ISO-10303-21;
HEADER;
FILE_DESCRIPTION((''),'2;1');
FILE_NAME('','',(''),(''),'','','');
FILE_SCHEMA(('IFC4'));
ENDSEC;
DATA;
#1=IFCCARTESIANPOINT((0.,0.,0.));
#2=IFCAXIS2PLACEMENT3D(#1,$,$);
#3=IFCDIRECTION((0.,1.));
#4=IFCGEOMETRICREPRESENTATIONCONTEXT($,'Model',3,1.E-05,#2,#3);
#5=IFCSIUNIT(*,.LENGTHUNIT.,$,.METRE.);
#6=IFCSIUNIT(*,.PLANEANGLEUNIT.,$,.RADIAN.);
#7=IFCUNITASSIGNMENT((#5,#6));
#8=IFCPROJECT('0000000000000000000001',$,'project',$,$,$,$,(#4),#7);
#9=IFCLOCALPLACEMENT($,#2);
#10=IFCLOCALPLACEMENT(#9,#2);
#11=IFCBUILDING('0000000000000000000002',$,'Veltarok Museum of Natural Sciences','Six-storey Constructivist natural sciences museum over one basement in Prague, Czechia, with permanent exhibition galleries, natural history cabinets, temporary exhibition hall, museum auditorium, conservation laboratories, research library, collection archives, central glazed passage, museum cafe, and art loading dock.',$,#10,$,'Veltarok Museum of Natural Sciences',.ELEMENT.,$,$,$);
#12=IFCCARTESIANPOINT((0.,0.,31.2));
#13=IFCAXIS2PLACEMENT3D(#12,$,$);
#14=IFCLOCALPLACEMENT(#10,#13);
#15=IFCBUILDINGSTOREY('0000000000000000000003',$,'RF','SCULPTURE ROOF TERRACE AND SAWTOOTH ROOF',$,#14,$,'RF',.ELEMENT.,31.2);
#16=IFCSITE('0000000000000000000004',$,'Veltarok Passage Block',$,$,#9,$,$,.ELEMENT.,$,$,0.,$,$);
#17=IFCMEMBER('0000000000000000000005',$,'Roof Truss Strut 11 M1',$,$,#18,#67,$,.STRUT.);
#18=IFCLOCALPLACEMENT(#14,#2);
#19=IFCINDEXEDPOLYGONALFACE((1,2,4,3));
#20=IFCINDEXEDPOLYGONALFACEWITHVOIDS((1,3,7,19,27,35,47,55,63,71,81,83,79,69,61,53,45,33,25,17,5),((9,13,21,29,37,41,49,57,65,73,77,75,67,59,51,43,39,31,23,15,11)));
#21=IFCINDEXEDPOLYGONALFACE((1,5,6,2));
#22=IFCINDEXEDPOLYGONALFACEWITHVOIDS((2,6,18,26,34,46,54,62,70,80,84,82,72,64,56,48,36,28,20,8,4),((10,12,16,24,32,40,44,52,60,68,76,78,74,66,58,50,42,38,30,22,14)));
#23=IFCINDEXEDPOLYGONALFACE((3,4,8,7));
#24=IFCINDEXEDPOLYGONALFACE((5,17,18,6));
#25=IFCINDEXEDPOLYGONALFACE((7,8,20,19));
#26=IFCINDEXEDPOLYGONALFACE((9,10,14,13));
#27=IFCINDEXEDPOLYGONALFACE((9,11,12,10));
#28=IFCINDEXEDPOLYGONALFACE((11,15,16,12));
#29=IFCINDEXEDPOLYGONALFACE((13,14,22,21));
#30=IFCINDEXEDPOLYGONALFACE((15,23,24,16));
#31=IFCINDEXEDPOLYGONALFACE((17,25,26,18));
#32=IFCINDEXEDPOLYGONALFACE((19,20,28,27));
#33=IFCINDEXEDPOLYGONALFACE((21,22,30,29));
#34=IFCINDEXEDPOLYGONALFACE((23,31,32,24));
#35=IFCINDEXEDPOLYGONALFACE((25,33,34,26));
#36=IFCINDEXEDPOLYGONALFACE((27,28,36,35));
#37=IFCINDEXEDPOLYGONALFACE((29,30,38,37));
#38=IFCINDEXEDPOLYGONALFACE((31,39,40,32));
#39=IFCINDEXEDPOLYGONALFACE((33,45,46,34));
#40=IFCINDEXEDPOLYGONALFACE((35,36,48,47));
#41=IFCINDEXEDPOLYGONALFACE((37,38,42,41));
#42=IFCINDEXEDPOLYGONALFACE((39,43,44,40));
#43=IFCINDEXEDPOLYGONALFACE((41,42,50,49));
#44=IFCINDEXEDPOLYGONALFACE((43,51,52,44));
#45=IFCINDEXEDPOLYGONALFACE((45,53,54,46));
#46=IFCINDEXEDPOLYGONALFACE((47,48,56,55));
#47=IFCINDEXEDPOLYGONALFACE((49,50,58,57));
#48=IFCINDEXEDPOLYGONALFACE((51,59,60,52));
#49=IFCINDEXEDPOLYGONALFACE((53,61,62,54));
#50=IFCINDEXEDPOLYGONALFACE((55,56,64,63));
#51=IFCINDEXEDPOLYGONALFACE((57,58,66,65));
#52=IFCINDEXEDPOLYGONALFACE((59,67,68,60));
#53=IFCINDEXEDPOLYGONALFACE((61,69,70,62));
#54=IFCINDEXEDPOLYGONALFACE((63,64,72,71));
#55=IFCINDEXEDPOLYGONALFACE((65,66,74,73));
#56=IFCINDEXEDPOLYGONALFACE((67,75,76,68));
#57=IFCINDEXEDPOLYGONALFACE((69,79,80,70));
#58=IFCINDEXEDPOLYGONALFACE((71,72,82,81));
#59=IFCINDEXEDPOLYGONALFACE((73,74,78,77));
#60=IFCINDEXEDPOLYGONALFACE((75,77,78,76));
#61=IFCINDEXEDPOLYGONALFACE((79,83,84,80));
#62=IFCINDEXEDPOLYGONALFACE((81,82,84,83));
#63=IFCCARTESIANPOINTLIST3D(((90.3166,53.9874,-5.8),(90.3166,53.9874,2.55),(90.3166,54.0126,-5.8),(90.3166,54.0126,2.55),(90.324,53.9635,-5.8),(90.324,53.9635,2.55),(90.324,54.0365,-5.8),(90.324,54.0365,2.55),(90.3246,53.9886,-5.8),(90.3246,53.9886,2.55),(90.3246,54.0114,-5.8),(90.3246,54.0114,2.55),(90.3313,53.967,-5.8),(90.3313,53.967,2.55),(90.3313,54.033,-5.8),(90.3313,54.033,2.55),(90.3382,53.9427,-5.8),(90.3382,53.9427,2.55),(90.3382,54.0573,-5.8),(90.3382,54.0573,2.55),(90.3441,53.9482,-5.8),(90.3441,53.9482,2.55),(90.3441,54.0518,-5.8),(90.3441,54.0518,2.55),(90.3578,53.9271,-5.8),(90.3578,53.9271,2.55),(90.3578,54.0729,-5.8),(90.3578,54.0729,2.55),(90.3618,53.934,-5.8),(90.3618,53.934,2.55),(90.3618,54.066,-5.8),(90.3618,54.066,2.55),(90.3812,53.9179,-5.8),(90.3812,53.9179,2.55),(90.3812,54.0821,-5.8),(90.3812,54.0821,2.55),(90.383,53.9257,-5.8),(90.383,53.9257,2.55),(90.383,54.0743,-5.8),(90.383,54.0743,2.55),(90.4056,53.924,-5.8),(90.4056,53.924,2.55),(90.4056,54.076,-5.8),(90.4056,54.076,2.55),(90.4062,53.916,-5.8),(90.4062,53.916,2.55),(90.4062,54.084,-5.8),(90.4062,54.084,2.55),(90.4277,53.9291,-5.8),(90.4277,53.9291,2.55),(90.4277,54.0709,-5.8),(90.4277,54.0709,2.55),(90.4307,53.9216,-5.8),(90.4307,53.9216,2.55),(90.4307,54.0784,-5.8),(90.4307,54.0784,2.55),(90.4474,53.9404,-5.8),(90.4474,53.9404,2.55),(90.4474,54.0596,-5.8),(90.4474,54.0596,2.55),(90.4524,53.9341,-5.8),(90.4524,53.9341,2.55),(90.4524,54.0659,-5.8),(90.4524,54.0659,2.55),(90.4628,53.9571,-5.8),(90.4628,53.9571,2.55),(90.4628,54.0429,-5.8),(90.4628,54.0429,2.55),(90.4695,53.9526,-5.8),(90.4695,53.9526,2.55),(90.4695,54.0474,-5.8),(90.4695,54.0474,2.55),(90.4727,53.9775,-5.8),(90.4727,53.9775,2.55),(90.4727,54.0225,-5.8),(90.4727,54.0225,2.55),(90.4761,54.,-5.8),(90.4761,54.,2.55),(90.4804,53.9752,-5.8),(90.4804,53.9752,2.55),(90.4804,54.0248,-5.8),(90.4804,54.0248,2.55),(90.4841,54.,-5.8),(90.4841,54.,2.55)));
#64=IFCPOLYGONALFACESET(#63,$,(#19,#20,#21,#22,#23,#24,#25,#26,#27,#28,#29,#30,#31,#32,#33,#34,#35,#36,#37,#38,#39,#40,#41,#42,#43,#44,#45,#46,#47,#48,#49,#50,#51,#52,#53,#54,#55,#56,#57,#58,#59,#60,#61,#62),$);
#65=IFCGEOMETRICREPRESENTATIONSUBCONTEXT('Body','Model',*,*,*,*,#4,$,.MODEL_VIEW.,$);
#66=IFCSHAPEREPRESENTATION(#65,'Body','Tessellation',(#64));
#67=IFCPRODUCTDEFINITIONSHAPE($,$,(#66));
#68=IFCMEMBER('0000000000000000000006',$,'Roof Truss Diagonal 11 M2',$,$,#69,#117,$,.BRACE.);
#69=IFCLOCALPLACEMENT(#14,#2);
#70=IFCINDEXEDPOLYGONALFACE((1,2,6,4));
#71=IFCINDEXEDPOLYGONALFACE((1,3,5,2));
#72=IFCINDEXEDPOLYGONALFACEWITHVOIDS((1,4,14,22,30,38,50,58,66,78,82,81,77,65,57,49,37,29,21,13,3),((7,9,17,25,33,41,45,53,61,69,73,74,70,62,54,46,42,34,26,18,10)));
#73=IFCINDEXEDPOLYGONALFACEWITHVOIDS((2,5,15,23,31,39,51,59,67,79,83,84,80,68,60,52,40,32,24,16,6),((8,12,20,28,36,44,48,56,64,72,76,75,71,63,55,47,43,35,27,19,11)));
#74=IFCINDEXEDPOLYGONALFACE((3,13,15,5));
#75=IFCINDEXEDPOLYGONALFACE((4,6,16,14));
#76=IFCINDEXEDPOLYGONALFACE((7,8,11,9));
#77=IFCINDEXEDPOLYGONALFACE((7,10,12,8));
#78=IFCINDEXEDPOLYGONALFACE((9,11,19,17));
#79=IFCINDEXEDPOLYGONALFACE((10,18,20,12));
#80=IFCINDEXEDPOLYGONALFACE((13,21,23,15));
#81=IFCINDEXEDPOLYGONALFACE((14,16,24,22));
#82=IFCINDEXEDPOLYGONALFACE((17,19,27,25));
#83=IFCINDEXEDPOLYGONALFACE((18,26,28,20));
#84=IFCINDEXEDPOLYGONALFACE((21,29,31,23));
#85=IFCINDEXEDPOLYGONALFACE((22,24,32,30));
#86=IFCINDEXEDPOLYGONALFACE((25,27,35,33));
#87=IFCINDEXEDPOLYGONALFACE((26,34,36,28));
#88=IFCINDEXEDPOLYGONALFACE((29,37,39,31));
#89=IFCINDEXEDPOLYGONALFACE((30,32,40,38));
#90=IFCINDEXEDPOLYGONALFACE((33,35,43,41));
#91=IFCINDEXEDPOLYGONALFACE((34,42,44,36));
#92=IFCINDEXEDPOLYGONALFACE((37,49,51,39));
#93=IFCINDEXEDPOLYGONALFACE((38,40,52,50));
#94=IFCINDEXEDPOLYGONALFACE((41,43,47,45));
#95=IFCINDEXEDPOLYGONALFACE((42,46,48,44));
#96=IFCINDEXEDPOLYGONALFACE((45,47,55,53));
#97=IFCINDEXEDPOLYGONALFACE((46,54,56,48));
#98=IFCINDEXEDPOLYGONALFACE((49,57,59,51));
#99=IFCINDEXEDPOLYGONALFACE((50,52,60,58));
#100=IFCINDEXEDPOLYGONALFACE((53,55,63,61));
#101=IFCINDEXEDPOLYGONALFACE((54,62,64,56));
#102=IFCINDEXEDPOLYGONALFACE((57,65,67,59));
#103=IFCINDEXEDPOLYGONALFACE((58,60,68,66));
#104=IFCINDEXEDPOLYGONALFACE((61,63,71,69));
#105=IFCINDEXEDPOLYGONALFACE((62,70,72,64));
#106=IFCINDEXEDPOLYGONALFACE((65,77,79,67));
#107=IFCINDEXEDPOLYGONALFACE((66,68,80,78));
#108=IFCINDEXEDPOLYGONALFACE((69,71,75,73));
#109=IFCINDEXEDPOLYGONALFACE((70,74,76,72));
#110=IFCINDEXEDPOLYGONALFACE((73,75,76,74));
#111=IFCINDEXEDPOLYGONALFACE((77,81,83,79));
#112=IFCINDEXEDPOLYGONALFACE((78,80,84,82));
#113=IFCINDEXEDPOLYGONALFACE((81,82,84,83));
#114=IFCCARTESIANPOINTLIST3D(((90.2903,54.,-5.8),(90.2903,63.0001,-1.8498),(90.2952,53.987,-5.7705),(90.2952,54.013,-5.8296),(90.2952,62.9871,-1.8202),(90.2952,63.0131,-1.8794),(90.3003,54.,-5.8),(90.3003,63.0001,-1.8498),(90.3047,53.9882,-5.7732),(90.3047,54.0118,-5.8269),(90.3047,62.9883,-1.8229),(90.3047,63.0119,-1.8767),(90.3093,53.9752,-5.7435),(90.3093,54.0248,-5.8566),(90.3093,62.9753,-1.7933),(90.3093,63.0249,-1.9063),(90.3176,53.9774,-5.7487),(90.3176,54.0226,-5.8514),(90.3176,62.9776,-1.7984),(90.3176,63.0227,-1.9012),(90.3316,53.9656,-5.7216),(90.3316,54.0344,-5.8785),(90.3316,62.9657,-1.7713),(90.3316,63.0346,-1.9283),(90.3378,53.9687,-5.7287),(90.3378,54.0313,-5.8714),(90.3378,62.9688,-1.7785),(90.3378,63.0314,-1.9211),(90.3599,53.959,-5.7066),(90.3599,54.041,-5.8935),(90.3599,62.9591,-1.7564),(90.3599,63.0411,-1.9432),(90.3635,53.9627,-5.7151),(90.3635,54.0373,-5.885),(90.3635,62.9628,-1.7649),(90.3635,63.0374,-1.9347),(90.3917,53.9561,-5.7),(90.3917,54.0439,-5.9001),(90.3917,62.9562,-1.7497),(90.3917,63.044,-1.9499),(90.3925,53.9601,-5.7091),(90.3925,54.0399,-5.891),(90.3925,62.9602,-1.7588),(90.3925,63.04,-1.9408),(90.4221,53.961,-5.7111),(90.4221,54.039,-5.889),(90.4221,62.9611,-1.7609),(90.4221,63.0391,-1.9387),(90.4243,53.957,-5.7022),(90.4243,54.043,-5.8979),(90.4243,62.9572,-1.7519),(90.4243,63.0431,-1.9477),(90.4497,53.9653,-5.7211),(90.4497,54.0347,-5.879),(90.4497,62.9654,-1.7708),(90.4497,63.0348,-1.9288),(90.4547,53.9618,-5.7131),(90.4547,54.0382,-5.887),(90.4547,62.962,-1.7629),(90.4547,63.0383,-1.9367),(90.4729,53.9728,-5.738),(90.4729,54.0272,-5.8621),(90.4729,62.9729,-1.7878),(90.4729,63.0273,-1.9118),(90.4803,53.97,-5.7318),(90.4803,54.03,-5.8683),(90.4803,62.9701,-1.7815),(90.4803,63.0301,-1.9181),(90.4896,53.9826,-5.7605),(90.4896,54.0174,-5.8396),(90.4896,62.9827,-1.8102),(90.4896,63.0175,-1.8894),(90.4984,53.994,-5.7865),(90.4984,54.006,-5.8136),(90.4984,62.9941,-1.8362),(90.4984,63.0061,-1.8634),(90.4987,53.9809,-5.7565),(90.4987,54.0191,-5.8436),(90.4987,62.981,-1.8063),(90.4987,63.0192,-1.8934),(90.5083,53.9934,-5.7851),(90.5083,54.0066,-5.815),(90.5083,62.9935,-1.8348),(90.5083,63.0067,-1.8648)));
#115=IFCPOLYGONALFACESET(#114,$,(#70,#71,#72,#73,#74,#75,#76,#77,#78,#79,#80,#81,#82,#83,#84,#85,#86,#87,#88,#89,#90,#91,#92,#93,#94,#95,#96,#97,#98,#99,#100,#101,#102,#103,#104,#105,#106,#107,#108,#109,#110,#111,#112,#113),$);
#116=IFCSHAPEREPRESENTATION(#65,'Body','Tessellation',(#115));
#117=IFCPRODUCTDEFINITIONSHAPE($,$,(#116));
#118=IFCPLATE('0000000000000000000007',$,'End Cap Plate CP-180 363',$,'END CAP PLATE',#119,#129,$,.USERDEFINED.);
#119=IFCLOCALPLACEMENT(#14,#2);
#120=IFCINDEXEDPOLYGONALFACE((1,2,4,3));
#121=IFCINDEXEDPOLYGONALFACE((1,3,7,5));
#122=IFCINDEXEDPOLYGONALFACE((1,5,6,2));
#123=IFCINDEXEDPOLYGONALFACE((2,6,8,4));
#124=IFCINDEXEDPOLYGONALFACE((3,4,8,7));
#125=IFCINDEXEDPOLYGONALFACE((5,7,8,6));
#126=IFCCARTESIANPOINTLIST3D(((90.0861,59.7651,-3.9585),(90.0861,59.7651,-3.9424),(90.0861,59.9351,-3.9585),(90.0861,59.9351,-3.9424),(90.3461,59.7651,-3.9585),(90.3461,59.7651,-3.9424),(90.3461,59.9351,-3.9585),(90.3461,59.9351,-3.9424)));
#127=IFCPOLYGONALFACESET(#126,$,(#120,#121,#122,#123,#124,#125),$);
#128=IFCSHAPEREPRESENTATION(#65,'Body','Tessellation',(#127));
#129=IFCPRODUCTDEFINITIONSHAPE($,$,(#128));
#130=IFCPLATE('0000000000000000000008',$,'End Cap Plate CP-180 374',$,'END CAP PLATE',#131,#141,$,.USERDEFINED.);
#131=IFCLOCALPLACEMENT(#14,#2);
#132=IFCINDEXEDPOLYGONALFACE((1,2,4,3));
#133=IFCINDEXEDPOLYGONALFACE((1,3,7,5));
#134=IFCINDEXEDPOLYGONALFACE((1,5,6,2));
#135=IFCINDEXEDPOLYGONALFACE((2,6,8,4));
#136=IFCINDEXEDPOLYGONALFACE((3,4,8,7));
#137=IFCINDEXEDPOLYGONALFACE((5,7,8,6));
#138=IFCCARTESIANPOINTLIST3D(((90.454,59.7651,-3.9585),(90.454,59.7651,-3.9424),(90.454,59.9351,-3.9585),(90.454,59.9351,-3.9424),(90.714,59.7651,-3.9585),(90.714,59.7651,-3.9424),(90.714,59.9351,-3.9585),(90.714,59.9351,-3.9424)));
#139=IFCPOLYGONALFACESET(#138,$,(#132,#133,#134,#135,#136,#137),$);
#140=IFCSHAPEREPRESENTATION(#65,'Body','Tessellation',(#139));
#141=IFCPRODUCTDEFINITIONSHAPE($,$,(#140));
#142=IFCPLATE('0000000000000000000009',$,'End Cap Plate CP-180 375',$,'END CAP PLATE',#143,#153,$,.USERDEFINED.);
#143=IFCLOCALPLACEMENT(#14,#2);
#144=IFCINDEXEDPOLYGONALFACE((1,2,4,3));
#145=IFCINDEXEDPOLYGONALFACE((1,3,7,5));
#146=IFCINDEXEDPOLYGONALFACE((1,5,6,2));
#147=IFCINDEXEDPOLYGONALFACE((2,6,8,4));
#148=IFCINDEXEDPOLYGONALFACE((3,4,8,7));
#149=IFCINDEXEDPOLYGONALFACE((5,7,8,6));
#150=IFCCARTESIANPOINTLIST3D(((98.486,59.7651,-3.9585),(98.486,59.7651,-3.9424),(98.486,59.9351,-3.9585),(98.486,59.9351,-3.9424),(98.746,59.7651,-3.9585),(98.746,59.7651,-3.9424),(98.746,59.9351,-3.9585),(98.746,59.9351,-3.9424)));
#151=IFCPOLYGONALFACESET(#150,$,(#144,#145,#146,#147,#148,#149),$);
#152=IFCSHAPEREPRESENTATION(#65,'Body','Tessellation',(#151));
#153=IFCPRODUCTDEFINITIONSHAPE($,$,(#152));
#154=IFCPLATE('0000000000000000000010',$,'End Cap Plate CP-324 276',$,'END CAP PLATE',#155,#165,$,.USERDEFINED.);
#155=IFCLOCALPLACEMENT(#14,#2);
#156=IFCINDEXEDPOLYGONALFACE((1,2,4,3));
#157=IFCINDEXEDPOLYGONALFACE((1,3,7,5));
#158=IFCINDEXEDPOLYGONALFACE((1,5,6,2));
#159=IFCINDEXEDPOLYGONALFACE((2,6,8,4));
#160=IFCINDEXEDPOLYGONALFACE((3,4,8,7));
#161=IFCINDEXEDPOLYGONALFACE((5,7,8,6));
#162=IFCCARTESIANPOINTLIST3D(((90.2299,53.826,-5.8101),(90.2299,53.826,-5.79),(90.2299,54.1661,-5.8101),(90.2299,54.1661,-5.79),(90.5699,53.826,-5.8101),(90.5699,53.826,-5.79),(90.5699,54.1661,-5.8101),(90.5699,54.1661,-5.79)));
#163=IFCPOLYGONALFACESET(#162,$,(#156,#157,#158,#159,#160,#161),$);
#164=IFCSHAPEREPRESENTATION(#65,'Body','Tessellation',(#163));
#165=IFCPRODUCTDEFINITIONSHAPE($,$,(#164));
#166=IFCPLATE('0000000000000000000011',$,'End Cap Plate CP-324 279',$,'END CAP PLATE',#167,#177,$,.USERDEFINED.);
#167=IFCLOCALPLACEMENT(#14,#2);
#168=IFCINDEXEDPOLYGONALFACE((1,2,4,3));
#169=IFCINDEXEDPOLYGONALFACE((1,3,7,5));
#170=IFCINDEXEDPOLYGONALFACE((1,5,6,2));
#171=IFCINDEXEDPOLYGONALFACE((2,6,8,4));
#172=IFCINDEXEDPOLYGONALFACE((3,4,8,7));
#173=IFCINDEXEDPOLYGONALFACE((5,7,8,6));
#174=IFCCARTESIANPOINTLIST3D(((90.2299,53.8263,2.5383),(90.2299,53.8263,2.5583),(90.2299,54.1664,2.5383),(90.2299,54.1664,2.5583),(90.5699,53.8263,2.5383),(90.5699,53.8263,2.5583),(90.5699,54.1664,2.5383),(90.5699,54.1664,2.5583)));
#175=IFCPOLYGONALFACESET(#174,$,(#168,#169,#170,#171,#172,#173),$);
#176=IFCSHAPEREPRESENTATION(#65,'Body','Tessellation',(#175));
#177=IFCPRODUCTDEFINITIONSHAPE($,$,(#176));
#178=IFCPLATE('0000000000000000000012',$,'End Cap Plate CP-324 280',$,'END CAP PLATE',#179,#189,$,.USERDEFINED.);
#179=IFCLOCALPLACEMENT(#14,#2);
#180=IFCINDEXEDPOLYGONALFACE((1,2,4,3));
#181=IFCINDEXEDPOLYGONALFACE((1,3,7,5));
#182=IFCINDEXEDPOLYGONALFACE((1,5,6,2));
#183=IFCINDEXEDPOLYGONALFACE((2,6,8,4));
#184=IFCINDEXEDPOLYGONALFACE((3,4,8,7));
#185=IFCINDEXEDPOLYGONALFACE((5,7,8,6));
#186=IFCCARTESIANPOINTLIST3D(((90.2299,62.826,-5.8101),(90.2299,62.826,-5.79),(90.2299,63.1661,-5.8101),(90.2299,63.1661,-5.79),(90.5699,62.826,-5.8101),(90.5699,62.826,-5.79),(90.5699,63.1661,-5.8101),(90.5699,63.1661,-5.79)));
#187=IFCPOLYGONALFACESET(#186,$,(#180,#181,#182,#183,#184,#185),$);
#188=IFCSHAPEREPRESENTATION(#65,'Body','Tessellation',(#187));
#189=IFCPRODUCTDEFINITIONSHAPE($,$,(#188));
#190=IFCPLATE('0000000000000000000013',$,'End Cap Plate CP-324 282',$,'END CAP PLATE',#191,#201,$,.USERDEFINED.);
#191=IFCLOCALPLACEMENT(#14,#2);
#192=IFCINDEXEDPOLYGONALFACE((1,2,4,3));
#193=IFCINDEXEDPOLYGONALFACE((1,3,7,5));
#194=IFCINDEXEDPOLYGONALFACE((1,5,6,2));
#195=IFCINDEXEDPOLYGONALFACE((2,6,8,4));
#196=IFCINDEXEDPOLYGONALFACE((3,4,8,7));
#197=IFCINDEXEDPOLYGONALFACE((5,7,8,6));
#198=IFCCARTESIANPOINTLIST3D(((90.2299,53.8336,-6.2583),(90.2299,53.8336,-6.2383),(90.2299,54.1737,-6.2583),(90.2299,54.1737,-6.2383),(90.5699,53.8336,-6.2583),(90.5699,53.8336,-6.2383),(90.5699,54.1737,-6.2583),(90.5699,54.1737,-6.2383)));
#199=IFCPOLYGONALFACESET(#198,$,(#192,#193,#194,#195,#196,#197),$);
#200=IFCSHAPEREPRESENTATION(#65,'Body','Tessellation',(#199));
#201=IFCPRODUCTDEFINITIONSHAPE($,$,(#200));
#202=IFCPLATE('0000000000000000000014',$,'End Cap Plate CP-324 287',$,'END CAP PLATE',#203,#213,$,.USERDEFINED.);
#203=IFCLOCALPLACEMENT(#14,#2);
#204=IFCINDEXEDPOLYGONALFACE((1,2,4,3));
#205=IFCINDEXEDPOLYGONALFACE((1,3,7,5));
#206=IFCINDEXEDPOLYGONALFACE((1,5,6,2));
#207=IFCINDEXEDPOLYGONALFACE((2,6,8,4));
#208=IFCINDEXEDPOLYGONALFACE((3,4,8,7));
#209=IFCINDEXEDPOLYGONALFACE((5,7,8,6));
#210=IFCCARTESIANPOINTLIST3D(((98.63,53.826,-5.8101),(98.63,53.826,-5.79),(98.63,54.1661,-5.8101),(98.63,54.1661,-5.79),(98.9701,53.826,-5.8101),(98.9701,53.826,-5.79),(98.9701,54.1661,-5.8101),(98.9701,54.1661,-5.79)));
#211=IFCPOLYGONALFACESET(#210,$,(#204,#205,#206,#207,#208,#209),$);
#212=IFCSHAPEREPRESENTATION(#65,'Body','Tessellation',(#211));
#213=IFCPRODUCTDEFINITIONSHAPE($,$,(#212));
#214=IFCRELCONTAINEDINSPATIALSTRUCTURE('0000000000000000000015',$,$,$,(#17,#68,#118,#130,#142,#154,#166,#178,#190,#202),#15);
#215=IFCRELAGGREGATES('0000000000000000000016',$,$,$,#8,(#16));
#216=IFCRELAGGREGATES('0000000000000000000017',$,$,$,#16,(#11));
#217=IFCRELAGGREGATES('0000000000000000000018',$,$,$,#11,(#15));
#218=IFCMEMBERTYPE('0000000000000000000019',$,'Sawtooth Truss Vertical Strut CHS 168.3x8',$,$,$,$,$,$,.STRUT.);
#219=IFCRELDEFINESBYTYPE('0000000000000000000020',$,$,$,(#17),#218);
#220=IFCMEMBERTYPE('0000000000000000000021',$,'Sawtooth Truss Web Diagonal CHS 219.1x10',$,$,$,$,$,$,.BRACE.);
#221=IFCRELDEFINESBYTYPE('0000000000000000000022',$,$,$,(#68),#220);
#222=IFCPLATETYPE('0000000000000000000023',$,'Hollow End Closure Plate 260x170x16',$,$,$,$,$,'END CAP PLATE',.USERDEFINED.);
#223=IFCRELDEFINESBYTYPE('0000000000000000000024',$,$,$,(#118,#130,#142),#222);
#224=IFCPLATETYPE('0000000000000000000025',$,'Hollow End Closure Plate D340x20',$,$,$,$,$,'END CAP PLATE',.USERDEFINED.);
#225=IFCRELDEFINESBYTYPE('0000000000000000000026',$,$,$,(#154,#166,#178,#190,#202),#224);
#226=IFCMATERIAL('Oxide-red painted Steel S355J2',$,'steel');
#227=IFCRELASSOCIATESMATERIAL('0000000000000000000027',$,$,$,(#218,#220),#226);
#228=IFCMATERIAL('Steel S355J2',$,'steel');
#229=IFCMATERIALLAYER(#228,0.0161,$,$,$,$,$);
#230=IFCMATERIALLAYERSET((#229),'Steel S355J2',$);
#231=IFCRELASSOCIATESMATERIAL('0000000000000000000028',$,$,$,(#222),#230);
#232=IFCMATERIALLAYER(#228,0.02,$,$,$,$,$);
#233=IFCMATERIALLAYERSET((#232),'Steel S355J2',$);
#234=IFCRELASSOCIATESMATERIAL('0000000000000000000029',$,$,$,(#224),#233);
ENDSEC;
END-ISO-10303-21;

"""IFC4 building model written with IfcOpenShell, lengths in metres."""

from ifc_helpers import new_model, si_unit, direction, frame, origin, origin_2d, place, context, subcontext, project, spatial, rectangle, hollow_circle, extrude, material, layer, layer_set, material_profile, profile_set, type_object, element, save


model = new_model("IFC4")

# Units and contexts
model_context = context("Model", 3, precision=1e-05, world=origin(), true_north=direction((0.0, 1.0)))
body_context = subcontext(model_context, "Body", "Model", "MODEL_VIEW")
ifc_project = project(units=[si_unit("LENGTHUNIT", "METRE"), si_unit("PLANEANGLEUNIT", "RADIAN")], contexts=[model_context])

# Site, building, storey
site_placement = place(None, origin())
site = spatial("IfcSite", under=ifc_project, at=site_placement, Name="Veltarok Passage Block", CompositionType="ELEMENT", RefElevation=0.0)
building_placement = place(site_placement, origin())
building = spatial("IfcBuilding", under=site, at=building_placement, Name="Veltarok Museum of Natural Sciences", Description="Six-storey Constructivist natural sciences museum over one basement in Prague, Czechia, with permanent exhibition galleries, natural history cabinets, temporary exhibition hall, museum auditorium, conservation laboratories, research library, collection archives, central glazed passage, museum cafe, and art loading dock.", LongName="Veltarok Museum of Natural Sciences", CompositionType="ELEMENT")
storey_placement = place(building_placement, frame((0.0, 0.0, 31.2)))
storey = spatial("IfcBuildingStorey", under=building, at=storey_placement, Name="RF", Description="SCULPTURE ROOF TERRACE AND SAWTOOTH ROOF", LongName="RF", CompositionType="ELEMENT", Elevation=31.2)

# Shared definitions
ifc_material_1 = material(Name="Steel S355J2", Category="steel")

# Members
ifc_material_2 = material(Name="Oxide-red painted Steel S355J2", Category="steel")
ifc_material_profile_1 = material_profile(ifc_material_2, hollow_circle(Radius=0.0842, WallThickness=0.0081, at=origin_2d()), Name="CHS 168.3x8")
ifc_profile_set_1 = profile_set([ifc_material_profile_1], Name="Oxide-red painted Steel S355J2")
member_type_1 = type_object("IfcMemberType", Name="Sawtooth Truss Vertical Strut CHS 168.3x8", PredefinedType="STRUT", material=ifc_profile_set_1)
member_1_placement = place(storey_placement, frame((90.3999, 54.0, -5.8), z_axis=(0.0, 0.0, 1.0), x_axis=(1.0, 0.0, 0.0)))
element("IfcMember", 1, at=member_1_placement, inside=storey, type_object=member_type_1, Name="Roof Truss Strut 11 M1", PredefinedType="STRUT", context=body_context, shape_type="SweptSolid", body=[
    extrude(hollow_circle(Radius=0.0842, WallThickness=0.0081, at=origin_2d()), origin(), (0.0, 0.0, 1.0), 8.3501),
])
ifc_material_profile_2 = material_profile(ifc_material_2, hollow_circle(Radius=0.1096, WallThickness=0.01, at=origin_2d()), Name="CHS 219.1x10")
ifc_profile_set_2 = profile_set([ifc_material_profile_2], Name="Oxide-red painted Steel S355J2")
member_type_2 = type_object("IfcMemberType", Name="Sawtooth Truss Web Diagonal CHS 219.1x10", PredefinedType="BRACE", material=ifc_profile_set_2)
member_2_placement = place(storey_placement, frame((90.3999, 54.0, -5.8), z_axis=(0.0, 0.915682, 0.401903), x_axis=(-1.0, 0.0, 0.0)))
element("IfcMember", 2, at=member_2_placement, inside=storey, type_object=member_type_2, Name="Roof Truss Diagonal 11 M2", PredefinedType="BRACE", context=body_context, shape_type="SweptSolid", body=[
    extrude(hollow_circle(Radius=0.1096, WallThickness=0.01, at=origin_2d()), origin(), (0.0, 0.0, 1.0), 9.8289),
])

# Plates
ifc_layer_1 = layer(ifc_material_1, 0.0161)
ifc_layer_set_1 = layer_set([ifc_layer_1], Name="Steel S355J2")
plate_type_1 = type_object("IfcPlateType", Name="Hollow End Closure Plate 260x170x16", ElementType="END CAP PLATE", PredefinedType="USERDEFINED", material=ifc_layer_set_1)
for number, where, z_axis, x_axis, name in (
    (3, (90.2161, 59.8501, -3.9585), (0.0, 0.0, 1.0), (1.0, 0.0, 0.0), "End Cap Plate CP-180 363"),
    (4, (90.584, 59.8501, -3.9585), (0.0, 0.0, 1.0), (1.0, 0.0, 0.0), "End Cap Plate CP-180 374"),
    (5, (98.616, 59.8501, -3.9585), (0.0, 0.0, 1.0), (1.0, 0.0, 0.0), "End Cap Plate CP-180 375"),
):
    element("IfcPlate", number, at=place(storey_placement, frame(where, z_axis=z_axis, x_axis=x_axis)), inside=storey, type_object=plate_type_1, Name=name, ObjectType="END CAP PLATE", PredefinedType="USERDEFINED", context=body_context, shape_type="SweptSolid", body=[
        extrude(rectangle(XDim=0.26, YDim=0.1699, at=origin_2d()), origin(), (0.0, 0.0, 1.0), 0.0161),
    ])
ifc_layer_2 = layer(ifc_material_1, 0.02)
ifc_layer_set_2 = layer_set([ifc_layer_2], Name="Steel S355J2")
plate_type_2 = type_object("IfcPlateType", Name="Hollow End Closure Plate D340x20", ElementType="END CAP PLATE", PredefinedType="USERDEFINED", material=ifc_layer_set_2)
for number, where, z_axis, x_axis, name in (
    (6, (90.3999, 53.9961, -5.8101), (0.0, 0.0, 1.0), (0.0, 1.0, 0.0), "End Cap Plate CP-324 276"),
    (7, (90.3999, 53.9963, 2.5383), (0.0, 0.0, 1.0), (0.0, 1.0, 0.0), "End Cap Plate CP-324 279"),
    (8, (90.3999, 62.9961, -5.8101), (0.0, 0.0, 1.0), (0.0, 1.0, 0.0), "End Cap Plate CP-324 280"),
    (9, (90.3999, 54.0037, -6.2583), (0.0, 0.0, 1.0), (0.0, 1.0, 0.0), "End Cap Plate CP-324 282"),
    (10, (98.8, 53.9961, -5.8101), (0.0, 0.0, 1.0), (0.0, 1.0, 0.0), "End Cap Plate CP-324 287"),
):
    element("IfcPlate", number, at=place(storey_placement, frame(where, z_axis=z_axis, x_axis=x_axis)), inside=storey, type_object=plate_type_2, Name=name, ObjectType="END CAP PLATE", PredefinedType="USERDEFINED", context=body_context, shape_type="SweptSolid", body=[
        extrude(rectangle(XDim=0.3401, YDim=0.3401, at=origin_2d()), origin(), (0.0, 0.0, 1.0), 0.02),
    ])

save(model, "model.ifc")
